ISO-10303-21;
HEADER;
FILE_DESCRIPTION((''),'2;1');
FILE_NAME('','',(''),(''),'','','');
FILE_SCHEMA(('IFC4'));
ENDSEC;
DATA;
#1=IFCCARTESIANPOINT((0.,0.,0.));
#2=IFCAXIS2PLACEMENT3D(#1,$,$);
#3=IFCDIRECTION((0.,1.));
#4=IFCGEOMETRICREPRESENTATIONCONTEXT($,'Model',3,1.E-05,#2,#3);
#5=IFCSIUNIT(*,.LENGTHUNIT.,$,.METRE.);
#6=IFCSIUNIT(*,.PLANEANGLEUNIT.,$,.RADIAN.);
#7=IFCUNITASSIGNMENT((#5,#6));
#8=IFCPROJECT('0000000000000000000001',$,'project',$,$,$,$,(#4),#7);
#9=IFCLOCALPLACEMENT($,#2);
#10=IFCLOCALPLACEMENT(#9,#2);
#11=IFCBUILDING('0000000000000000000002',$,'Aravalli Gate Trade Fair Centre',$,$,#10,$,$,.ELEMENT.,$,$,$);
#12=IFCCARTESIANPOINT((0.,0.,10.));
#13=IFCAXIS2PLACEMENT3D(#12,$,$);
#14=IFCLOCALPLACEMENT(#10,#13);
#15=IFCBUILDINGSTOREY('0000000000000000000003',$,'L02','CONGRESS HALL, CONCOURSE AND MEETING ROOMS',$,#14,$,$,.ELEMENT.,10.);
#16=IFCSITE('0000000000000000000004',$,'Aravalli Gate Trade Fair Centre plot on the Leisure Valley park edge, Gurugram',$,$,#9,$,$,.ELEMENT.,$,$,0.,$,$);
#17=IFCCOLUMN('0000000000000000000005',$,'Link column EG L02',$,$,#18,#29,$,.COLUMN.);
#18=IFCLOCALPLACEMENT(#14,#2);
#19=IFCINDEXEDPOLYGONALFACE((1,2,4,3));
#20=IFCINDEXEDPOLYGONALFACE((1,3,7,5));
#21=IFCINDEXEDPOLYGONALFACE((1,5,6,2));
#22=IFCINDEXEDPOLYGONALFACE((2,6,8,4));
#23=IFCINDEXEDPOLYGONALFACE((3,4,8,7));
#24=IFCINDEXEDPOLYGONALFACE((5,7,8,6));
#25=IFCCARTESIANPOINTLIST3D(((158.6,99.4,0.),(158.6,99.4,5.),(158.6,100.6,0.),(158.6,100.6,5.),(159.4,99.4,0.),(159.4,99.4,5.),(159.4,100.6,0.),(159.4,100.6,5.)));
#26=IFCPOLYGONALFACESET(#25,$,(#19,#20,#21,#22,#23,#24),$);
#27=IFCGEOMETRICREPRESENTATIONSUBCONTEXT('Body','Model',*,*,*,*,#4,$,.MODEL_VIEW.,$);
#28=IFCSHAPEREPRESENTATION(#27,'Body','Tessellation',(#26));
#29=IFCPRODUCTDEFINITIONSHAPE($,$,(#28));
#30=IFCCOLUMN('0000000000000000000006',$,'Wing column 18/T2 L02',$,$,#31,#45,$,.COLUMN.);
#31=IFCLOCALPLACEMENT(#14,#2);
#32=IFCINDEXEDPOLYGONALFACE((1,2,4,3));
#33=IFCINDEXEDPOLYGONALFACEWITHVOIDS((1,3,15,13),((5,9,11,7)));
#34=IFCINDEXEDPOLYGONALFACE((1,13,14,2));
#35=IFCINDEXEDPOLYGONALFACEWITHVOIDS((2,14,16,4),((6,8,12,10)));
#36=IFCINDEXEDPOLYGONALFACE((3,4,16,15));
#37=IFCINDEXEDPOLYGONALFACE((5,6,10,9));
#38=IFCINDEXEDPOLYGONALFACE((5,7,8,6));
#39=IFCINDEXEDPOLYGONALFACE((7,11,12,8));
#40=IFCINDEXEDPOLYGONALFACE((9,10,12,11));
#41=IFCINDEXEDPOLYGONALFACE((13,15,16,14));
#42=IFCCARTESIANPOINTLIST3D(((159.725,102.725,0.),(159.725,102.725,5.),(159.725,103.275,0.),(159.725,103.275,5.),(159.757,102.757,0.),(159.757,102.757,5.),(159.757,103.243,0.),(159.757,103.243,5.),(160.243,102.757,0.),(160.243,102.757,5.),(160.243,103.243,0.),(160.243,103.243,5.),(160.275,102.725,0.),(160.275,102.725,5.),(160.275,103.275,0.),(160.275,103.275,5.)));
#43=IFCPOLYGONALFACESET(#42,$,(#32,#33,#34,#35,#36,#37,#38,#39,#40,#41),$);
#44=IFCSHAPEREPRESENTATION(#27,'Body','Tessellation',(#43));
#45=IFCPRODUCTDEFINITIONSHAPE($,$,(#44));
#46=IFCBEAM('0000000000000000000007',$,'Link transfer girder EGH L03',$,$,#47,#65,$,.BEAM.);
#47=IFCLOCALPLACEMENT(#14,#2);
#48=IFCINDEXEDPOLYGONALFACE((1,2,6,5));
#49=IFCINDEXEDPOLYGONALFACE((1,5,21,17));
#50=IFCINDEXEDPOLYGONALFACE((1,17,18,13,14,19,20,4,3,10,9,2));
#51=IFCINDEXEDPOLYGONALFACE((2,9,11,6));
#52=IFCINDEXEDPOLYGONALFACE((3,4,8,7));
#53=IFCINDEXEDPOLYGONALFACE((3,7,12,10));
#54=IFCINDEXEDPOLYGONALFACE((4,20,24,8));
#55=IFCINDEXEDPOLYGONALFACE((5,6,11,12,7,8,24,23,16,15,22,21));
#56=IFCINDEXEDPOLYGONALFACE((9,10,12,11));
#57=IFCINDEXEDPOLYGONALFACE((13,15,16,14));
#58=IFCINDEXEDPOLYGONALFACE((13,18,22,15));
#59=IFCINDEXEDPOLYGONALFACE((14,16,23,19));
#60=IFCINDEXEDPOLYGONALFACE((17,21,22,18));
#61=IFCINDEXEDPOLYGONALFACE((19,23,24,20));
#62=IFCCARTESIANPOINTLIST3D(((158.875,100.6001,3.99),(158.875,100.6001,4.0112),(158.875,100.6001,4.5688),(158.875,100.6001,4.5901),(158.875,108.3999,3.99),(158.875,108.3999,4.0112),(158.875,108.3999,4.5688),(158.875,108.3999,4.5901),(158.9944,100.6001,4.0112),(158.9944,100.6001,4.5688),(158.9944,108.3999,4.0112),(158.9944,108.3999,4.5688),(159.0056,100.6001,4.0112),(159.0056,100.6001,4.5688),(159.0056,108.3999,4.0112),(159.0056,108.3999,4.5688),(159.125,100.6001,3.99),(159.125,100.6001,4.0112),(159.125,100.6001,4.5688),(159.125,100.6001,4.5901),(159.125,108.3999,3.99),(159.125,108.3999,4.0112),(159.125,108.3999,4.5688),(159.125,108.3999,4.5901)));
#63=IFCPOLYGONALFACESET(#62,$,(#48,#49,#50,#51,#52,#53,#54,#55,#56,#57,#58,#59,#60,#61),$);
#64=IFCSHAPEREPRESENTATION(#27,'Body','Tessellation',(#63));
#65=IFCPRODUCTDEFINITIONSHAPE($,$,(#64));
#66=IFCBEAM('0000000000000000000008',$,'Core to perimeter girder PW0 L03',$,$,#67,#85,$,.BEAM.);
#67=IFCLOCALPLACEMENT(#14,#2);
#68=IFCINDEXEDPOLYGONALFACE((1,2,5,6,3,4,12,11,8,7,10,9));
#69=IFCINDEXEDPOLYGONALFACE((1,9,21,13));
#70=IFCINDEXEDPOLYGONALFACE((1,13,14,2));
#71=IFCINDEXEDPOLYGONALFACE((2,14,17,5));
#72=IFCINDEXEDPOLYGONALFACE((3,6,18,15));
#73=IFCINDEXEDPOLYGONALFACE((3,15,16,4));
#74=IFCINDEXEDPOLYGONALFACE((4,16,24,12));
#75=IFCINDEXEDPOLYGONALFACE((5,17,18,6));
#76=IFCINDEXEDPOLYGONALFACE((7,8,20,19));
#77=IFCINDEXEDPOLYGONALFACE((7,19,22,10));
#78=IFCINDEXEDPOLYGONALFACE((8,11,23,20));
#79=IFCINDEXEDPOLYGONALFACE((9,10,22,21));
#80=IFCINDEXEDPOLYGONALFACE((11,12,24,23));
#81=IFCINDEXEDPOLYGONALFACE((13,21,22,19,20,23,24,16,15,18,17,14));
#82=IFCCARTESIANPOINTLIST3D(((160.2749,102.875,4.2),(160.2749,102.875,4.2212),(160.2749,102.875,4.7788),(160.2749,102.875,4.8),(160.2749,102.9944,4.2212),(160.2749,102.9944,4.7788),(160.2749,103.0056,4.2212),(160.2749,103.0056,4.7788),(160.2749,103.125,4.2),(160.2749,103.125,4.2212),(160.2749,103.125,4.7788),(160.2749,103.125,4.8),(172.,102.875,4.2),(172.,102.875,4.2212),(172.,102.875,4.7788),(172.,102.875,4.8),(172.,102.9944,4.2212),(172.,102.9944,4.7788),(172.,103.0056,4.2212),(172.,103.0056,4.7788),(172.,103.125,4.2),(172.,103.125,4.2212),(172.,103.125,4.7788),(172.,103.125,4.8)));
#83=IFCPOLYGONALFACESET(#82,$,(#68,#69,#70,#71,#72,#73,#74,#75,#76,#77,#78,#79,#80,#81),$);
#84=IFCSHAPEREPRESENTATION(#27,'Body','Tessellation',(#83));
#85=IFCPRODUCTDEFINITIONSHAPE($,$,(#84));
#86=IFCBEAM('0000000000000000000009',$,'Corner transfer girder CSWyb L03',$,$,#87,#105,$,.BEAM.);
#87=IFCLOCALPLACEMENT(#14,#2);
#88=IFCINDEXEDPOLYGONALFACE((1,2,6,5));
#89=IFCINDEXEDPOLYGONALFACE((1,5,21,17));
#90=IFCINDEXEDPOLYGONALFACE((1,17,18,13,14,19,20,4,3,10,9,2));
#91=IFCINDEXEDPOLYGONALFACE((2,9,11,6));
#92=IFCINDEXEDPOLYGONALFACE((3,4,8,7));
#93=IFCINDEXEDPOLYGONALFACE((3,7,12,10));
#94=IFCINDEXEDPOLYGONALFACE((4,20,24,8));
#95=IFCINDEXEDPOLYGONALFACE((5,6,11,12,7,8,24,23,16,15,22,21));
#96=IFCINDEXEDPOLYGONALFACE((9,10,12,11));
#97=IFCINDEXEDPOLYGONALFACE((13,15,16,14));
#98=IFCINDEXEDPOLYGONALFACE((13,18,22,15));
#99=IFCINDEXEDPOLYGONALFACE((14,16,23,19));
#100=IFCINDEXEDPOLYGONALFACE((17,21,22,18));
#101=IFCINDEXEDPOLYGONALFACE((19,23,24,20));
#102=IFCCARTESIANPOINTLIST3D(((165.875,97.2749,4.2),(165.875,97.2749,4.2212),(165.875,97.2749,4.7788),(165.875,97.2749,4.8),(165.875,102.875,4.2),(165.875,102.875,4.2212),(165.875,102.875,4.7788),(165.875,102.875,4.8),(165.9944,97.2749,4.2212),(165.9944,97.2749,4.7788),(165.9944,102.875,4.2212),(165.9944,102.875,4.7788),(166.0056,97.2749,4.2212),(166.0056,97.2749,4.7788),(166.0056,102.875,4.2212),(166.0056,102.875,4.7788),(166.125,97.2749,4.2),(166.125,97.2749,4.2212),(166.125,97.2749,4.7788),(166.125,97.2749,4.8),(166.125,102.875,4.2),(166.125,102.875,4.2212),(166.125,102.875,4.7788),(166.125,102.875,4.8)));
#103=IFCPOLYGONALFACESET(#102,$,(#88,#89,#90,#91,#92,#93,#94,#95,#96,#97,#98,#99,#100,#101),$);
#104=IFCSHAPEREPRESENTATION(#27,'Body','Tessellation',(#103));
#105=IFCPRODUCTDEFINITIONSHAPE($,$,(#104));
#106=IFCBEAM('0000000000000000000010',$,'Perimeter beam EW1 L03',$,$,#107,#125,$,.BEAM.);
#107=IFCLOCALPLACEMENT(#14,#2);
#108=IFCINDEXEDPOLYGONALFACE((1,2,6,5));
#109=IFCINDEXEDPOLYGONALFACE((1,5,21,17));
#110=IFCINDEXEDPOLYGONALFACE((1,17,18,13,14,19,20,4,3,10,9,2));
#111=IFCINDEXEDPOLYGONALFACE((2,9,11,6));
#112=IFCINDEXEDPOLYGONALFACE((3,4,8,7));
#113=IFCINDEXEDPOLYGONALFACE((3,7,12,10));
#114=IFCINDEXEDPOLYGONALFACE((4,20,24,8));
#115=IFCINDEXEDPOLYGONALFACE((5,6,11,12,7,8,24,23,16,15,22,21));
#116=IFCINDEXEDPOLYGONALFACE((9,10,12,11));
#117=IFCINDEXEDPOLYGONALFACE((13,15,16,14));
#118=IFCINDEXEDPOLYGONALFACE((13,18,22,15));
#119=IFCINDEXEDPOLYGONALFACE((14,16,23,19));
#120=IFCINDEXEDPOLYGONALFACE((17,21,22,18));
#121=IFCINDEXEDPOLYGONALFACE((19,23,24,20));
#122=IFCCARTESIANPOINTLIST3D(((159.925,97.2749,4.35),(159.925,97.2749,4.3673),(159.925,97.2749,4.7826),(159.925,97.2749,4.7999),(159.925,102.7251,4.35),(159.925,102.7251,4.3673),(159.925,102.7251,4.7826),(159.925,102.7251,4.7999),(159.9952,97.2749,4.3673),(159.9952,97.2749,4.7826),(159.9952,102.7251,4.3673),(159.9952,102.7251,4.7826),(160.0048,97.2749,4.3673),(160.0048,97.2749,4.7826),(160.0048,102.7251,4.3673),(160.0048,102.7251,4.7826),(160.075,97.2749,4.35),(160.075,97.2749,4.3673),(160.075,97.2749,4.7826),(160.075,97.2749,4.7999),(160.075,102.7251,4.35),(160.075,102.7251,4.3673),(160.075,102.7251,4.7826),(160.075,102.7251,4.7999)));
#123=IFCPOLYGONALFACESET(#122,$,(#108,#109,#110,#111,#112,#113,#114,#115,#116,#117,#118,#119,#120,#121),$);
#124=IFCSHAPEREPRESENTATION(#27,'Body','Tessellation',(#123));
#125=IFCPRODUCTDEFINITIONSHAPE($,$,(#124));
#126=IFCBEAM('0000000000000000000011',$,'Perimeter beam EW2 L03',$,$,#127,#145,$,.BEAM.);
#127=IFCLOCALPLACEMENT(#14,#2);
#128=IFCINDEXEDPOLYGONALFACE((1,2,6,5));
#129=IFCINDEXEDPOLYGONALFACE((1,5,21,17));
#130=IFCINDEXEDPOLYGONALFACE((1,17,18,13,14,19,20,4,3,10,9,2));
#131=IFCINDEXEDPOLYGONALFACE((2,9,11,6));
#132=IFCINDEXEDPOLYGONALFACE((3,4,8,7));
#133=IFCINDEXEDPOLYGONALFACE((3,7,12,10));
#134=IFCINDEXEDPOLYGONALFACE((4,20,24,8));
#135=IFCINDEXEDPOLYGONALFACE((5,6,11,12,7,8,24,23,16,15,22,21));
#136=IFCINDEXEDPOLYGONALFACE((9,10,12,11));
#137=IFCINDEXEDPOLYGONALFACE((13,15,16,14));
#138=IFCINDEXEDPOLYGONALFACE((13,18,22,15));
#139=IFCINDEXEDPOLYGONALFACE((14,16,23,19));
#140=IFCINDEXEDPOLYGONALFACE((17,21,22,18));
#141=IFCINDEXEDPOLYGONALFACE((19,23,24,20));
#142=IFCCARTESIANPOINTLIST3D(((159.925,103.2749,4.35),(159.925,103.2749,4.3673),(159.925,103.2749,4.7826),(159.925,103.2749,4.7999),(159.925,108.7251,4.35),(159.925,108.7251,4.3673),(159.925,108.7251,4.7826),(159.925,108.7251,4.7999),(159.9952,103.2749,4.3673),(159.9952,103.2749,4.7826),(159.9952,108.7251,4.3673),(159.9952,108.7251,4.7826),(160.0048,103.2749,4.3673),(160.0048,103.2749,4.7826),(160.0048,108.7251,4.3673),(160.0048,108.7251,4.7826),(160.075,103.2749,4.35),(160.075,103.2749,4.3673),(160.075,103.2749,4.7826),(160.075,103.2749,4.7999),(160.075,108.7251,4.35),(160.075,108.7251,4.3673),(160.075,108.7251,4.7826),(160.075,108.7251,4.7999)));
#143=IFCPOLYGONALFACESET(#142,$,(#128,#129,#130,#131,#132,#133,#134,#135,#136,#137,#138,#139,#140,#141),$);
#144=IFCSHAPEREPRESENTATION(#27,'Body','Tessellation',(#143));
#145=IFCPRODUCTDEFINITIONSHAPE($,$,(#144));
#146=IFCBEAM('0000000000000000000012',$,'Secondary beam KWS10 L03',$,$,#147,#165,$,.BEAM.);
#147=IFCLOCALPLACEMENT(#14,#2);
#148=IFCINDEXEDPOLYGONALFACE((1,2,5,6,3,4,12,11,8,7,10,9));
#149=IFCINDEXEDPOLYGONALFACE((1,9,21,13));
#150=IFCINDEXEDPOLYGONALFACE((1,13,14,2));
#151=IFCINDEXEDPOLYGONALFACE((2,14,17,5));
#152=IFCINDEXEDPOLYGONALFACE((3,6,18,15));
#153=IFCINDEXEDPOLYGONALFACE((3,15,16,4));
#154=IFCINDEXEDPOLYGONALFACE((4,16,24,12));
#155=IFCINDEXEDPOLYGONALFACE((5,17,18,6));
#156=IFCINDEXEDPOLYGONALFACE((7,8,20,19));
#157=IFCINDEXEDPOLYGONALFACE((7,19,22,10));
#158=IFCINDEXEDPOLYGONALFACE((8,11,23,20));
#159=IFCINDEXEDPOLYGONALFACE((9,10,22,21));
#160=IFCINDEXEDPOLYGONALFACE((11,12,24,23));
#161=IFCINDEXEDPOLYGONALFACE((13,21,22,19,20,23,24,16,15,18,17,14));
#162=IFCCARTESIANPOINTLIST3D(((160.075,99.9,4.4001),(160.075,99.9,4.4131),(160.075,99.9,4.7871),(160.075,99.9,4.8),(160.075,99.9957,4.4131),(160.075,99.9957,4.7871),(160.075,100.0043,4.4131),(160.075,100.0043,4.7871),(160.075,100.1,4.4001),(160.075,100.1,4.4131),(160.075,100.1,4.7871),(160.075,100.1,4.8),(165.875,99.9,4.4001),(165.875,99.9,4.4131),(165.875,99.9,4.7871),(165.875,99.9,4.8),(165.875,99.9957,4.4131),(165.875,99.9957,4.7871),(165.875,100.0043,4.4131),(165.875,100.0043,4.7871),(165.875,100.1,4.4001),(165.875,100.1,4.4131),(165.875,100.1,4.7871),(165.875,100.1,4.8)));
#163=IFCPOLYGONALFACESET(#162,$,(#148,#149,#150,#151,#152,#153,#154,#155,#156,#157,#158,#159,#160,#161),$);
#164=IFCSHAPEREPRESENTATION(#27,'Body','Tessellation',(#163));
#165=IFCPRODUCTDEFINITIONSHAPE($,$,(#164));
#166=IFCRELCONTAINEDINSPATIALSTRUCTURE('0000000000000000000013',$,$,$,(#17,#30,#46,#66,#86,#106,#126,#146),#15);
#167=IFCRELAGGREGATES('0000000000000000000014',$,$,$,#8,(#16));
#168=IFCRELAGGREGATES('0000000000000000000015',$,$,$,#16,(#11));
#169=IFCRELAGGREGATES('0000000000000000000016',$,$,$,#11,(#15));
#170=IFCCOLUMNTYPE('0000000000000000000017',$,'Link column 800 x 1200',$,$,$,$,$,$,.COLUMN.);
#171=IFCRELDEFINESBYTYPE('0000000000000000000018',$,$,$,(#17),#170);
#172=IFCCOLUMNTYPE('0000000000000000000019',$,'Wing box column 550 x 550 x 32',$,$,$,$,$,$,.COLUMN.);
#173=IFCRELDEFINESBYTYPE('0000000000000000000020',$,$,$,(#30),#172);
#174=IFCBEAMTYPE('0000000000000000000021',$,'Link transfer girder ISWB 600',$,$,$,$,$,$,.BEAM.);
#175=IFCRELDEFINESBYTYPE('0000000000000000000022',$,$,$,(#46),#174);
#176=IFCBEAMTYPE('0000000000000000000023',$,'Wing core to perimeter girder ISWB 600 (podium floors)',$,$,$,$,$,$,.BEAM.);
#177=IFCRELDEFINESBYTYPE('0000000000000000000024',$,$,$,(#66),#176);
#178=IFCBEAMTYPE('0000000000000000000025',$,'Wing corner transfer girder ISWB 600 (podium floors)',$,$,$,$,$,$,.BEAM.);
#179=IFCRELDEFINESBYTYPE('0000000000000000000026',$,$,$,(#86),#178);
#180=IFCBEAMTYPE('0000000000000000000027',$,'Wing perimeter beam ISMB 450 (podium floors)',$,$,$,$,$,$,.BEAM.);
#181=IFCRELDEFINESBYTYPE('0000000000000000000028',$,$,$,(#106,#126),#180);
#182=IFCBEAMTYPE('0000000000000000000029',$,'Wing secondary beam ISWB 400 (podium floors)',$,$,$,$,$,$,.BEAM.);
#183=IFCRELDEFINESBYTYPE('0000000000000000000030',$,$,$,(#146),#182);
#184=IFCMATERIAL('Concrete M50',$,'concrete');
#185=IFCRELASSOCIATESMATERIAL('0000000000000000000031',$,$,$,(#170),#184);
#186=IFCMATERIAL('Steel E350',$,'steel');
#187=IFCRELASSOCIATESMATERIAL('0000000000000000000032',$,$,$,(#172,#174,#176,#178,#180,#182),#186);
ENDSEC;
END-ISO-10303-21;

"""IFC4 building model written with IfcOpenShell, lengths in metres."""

from ifc_helpers import new_model, si_unit, direction, frame, origin, origin_2d, place, context, subcontext, project, spatial, rectangle, hollow_rectangle, i_section, extrude, material, material_profile, profile_set, type_object, element, save


model = new_model("IFC4")

# Units and contexts
model_context = context("Model", 3, precision=1e-05, world=origin(), true_north=direction((0.0, 1.0)))
body_context = subcontext(model_context, "Body", "Model", "MODEL_VIEW")
ifc_project = project(units=[si_unit("LENGTHUNIT", "METRE"), si_unit("PLANEANGLEUNIT", "RADIAN")], contexts=[model_context])

# Site, building, storey
site_placement = place(None, origin())
site = spatial("IfcSite", under=ifc_project, at=site_placement, Name="Aravalli Gate Trade Fair Centre plot on the Leisure Valley park edge, Gurugram", CompositionType="ELEMENT", RefElevation=0.0)
building_placement = place(site_placement, origin())
building = spatial("IfcBuilding", under=site, at=building_placement, Name="Aravalli Gate Trade Fair Centre", CompositionType="ELEMENT")
storey_placement = place(building_placement, frame((0.0, 0.0, 10.0)))
storey = spatial("IfcBuildingStorey", under=building, at=storey_placement, Name="L02", Description="CONGRESS HALL, CONCOURSE AND MEETING ROOMS", CompositionType="ELEMENT", Elevation=10.0)

# Columns
ifc_material_1 = material(Name="Concrete M50", Category="concrete")
ifc_material_profile_1 = material_profile(ifc_material_1, rectangle(XDim=0.8, YDim=1.2, at=origin_2d()), Name="Link column 800 x 1200")
ifc_profile_set_1 = profile_set([ifc_material_profile_1], Name="Concrete M50")
column_type_1 = type_object("IfcColumnType", Name="Link column 800 x 1200", PredefinedType="COLUMN", material=ifc_profile_set_1)
column_1_placement = place(storey_placement, frame((159.0, 100.0, 0.0), z_axis=(0.0, 0.0, 1.0), x_axis=(1.0, 0.0, 0.0)))
element("IfcColumn", 1, at=column_1_placement, inside=storey, type_object=column_type_1, Name="Link column EG L02", PredefinedType="COLUMN", context=body_context, shape_type="SweptSolid", body=[
    extrude(rectangle(XDim=0.8, YDim=1.2, at=origin_2d()), origin(), (0.0, 0.0, 1.0), 5.0),
])
ifc_material_2 = material(Name="Steel E350", Category="steel")
ifc_material_profile_2 = material_profile(ifc_material_2, hollow_rectangle(XDim=0.55, YDim=0.55, WallThickness=0.032, at=origin_2d()), Name="BOX 550x550x32")
ifc_profile_set_2 = profile_set([ifc_material_profile_2], Name="Steel E350")
column_type_2 = type_object("IfcColumnType", Name="Wing box column 550 x 550 x 32", PredefinedType="COLUMN", material=ifc_profile_set_2)
column_2_placement = place(storey_placement, frame((160.0, 103.0, 0.0), z_axis=(0.0, 0.0, 1.0), x_axis=(1.0, 0.0, 0.0)))
element("IfcColumn", 2, at=column_2_placement, inside=storey, type_object=column_type_2, Name="Wing column 18/T2 L02", PredefinedType="COLUMN", context=body_context, shape_type="SweptSolid", body=[
    extrude(hollow_rectangle(XDim=0.55, YDim=0.55, WallThickness=0.032, at=origin_2d()), origin(), (0.0, 0.0, 1.0), 5.0),
])

# Beams
ifc_material_profile_3 = material_profile(ifc_material_2, i_section(OverallWidth=0.25, OverallDepth=0.6001, WebThickness=0.0112, FlangeThickness=0.0212, at=origin_2d()), Name="ISWB 600")
ifc_profile_set_3 = profile_set([ifc_material_profile_3], Name="Steel E350")
beam_type_1 = type_object("IfcBeamType", Name="Link transfer girder ISWB 600", PredefinedType="BEAM", material=ifc_profile_set_3)
beam_1_placement = place(storey_placement, frame((159.0, 100.6001, 4.29), z_axis=(0.0, 1.0, 0.0), x_axis=(-1.0, 0.0, 0.0)))
element("IfcBeam", 3, at=beam_1_placement, inside=storey, type_object=beam_type_1, Name="Link transfer girder EGH L03", PredefinedType="BEAM", context=body_context, shape_type="SweptSolid", body=[
    extrude(i_section(OverallWidth=0.25, OverallDepth=0.6001, WebThickness=0.0112, FlangeThickness=0.0212, at=origin_2d()), origin(), (0.0, 0.0, 1.0), 7.7998),
])
ifc_material_profile_4 = material_profile(ifc_material_2, i_section(OverallWidth=0.25, OverallDepth=0.6001, WebThickness=0.0112, FlangeThickness=0.0212, at=origin_2d()), Name="ISWB 600")
ifc_profile_set_4 = profile_set([ifc_material_profile_4], Name="Steel E350")
beam_type_2 = type_object("IfcBeamType", Name="Wing core to perimeter girder ISWB 600 (podium floors)", PredefinedType="BEAM", material=ifc_profile_set_4)
beam_2_placement = place(storey_placement, frame((160.2749, 103.0, 4.5), z_axis=(1.0, 0.0, 0.0), x_axis=(0.0, 1.0, 0.0)))
element("IfcBeam", 4, at=beam_2_placement, inside=storey, type_object=beam_type_2, Name="Core to perimeter girder PW0 L03", PredefinedType="BEAM", context=body_context, shape_type="SweptSolid", body=[
    extrude(i_section(OverallWidth=0.25, OverallDepth=0.6001, WebThickness=0.0112, FlangeThickness=0.0212, at=origin_2d()), origin(), (0.0, 0.0, 1.0), 11.7251),
])
ifc_material_profile_5 = material_profile(ifc_material_2, i_section(OverallWidth=0.25, OverallDepth=0.6001, WebThickness=0.0112, FlangeThickness=0.0212, at=origin_2d()), Name="ISWB 600")
ifc_profile_set_5 = profile_set([ifc_material_profile_5], Name="Steel E350")
beam_type_3 = type_object("IfcBeamType", Name="Wing corner transfer girder ISWB 600 (podium floors)", PredefinedType="BEAM", material=ifc_profile_set_5)
beam_3_placement = place(storey_placement, frame((166.0, 97.2749, 4.5), z_axis=(0.0, 1.0, 0.0), x_axis=(-1.0, 0.0, 0.0)))
element("IfcBeam", 5, at=beam_3_placement, inside=storey, type_object=beam_type_3, Name="Corner transfer girder CSWyb L03", PredefinedType="BEAM", context=body_context, shape_type="SweptSolid", body=[
    extrude(i_section(OverallWidth=0.25, OverallDepth=0.6001, WebThickness=0.0112, FlangeThickness=0.0212, at=origin_2d()), origin(), (0.0, 0.0, 1.0), 5.6001),
])
ifc_material_profile_6 = material_profile(ifc_material_2, i_section(OverallWidth=0.1499, OverallDepth=0.45, WebThickness=0.0095, FlangeThickness=0.0173, at=origin_2d()), Name="ISMB 450")
ifc_profile_set_6 = profile_set([ifc_material_profile_6], Name="Steel E350")
beam_type_4 = type_object("IfcBeamType", Name="Wing perimeter beam ISMB 450 (podium floors)", PredefinedType="BEAM", material=ifc_profile_set_6)
for number, where, z_axis, x_axis, name in (
    (6, (160.0, 97.2749, 4.575), (0.0, 1.0, 0.0), (-1.0, 0.0, 0.0), "Perimeter beam EW1 L03"),
    (7, (160.0, 103.2749, 4.575), (0.0, 1.0, 0.0), (-1.0, 0.0, 0.0), "Perimeter beam EW2 L03"),
):
    element("IfcBeam", number, at=place(storey_placement, frame(where, z_axis=z_axis, x_axis=x_axis)), inside=storey, type_object=beam_type_4, Name=name, PredefinedType="BEAM", context=body_context, shape_type="SweptSolid", body=[
        extrude(i_section(OverallWidth=0.1499, OverallDepth=0.45, WebThickness=0.0095, FlangeThickness=0.0173, at=origin_2d()), origin(), (0.0, 0.0, 1.0), 5.4502),
    ])
ifc_material_profile_7 = material_profile(ifc_material_2, i_section(OverallWidth=0.2, OverallDepth=0.3999, WebThickness=0.0085, FlangeThickness=0.0129, at=origin_2d()), Name="ISWB 400")
ifc_profile_set_7 = profile_set([ifc_material_profile_7], Name="Steel E350")
beam_type_5 = type_object("IfcBeamType", Name="Wing secondary beam ISWB 400 (podium floors)", PredefinedType="BEAM", material=ifc_profile_set_7)
beam_4_placement = place(storey_placement, frame((160.075, 100.0, 4.6001), z_axis=(1.0, 0.0, 0.0), x_axis=(0.0, 1.0, 0.0)))
element("IfcBeam", 8, at=beam_4_placement, inside=storey, type_object=beam_type_5, Name="Secondary beam KWS10 L03", PredefinedType="BEAM", context=body_context, shape_type="SweptSolid", body=[
    extrude(i_section(OverallWidth=0.2, OverallDepth=0.3999, WebThickness=0.0085, FlangeThickness=0.0129, at=origin_2d()), origin(), (0.0, 0.0, 1.0), 5.8),
])

save(model, "model.ifc")
